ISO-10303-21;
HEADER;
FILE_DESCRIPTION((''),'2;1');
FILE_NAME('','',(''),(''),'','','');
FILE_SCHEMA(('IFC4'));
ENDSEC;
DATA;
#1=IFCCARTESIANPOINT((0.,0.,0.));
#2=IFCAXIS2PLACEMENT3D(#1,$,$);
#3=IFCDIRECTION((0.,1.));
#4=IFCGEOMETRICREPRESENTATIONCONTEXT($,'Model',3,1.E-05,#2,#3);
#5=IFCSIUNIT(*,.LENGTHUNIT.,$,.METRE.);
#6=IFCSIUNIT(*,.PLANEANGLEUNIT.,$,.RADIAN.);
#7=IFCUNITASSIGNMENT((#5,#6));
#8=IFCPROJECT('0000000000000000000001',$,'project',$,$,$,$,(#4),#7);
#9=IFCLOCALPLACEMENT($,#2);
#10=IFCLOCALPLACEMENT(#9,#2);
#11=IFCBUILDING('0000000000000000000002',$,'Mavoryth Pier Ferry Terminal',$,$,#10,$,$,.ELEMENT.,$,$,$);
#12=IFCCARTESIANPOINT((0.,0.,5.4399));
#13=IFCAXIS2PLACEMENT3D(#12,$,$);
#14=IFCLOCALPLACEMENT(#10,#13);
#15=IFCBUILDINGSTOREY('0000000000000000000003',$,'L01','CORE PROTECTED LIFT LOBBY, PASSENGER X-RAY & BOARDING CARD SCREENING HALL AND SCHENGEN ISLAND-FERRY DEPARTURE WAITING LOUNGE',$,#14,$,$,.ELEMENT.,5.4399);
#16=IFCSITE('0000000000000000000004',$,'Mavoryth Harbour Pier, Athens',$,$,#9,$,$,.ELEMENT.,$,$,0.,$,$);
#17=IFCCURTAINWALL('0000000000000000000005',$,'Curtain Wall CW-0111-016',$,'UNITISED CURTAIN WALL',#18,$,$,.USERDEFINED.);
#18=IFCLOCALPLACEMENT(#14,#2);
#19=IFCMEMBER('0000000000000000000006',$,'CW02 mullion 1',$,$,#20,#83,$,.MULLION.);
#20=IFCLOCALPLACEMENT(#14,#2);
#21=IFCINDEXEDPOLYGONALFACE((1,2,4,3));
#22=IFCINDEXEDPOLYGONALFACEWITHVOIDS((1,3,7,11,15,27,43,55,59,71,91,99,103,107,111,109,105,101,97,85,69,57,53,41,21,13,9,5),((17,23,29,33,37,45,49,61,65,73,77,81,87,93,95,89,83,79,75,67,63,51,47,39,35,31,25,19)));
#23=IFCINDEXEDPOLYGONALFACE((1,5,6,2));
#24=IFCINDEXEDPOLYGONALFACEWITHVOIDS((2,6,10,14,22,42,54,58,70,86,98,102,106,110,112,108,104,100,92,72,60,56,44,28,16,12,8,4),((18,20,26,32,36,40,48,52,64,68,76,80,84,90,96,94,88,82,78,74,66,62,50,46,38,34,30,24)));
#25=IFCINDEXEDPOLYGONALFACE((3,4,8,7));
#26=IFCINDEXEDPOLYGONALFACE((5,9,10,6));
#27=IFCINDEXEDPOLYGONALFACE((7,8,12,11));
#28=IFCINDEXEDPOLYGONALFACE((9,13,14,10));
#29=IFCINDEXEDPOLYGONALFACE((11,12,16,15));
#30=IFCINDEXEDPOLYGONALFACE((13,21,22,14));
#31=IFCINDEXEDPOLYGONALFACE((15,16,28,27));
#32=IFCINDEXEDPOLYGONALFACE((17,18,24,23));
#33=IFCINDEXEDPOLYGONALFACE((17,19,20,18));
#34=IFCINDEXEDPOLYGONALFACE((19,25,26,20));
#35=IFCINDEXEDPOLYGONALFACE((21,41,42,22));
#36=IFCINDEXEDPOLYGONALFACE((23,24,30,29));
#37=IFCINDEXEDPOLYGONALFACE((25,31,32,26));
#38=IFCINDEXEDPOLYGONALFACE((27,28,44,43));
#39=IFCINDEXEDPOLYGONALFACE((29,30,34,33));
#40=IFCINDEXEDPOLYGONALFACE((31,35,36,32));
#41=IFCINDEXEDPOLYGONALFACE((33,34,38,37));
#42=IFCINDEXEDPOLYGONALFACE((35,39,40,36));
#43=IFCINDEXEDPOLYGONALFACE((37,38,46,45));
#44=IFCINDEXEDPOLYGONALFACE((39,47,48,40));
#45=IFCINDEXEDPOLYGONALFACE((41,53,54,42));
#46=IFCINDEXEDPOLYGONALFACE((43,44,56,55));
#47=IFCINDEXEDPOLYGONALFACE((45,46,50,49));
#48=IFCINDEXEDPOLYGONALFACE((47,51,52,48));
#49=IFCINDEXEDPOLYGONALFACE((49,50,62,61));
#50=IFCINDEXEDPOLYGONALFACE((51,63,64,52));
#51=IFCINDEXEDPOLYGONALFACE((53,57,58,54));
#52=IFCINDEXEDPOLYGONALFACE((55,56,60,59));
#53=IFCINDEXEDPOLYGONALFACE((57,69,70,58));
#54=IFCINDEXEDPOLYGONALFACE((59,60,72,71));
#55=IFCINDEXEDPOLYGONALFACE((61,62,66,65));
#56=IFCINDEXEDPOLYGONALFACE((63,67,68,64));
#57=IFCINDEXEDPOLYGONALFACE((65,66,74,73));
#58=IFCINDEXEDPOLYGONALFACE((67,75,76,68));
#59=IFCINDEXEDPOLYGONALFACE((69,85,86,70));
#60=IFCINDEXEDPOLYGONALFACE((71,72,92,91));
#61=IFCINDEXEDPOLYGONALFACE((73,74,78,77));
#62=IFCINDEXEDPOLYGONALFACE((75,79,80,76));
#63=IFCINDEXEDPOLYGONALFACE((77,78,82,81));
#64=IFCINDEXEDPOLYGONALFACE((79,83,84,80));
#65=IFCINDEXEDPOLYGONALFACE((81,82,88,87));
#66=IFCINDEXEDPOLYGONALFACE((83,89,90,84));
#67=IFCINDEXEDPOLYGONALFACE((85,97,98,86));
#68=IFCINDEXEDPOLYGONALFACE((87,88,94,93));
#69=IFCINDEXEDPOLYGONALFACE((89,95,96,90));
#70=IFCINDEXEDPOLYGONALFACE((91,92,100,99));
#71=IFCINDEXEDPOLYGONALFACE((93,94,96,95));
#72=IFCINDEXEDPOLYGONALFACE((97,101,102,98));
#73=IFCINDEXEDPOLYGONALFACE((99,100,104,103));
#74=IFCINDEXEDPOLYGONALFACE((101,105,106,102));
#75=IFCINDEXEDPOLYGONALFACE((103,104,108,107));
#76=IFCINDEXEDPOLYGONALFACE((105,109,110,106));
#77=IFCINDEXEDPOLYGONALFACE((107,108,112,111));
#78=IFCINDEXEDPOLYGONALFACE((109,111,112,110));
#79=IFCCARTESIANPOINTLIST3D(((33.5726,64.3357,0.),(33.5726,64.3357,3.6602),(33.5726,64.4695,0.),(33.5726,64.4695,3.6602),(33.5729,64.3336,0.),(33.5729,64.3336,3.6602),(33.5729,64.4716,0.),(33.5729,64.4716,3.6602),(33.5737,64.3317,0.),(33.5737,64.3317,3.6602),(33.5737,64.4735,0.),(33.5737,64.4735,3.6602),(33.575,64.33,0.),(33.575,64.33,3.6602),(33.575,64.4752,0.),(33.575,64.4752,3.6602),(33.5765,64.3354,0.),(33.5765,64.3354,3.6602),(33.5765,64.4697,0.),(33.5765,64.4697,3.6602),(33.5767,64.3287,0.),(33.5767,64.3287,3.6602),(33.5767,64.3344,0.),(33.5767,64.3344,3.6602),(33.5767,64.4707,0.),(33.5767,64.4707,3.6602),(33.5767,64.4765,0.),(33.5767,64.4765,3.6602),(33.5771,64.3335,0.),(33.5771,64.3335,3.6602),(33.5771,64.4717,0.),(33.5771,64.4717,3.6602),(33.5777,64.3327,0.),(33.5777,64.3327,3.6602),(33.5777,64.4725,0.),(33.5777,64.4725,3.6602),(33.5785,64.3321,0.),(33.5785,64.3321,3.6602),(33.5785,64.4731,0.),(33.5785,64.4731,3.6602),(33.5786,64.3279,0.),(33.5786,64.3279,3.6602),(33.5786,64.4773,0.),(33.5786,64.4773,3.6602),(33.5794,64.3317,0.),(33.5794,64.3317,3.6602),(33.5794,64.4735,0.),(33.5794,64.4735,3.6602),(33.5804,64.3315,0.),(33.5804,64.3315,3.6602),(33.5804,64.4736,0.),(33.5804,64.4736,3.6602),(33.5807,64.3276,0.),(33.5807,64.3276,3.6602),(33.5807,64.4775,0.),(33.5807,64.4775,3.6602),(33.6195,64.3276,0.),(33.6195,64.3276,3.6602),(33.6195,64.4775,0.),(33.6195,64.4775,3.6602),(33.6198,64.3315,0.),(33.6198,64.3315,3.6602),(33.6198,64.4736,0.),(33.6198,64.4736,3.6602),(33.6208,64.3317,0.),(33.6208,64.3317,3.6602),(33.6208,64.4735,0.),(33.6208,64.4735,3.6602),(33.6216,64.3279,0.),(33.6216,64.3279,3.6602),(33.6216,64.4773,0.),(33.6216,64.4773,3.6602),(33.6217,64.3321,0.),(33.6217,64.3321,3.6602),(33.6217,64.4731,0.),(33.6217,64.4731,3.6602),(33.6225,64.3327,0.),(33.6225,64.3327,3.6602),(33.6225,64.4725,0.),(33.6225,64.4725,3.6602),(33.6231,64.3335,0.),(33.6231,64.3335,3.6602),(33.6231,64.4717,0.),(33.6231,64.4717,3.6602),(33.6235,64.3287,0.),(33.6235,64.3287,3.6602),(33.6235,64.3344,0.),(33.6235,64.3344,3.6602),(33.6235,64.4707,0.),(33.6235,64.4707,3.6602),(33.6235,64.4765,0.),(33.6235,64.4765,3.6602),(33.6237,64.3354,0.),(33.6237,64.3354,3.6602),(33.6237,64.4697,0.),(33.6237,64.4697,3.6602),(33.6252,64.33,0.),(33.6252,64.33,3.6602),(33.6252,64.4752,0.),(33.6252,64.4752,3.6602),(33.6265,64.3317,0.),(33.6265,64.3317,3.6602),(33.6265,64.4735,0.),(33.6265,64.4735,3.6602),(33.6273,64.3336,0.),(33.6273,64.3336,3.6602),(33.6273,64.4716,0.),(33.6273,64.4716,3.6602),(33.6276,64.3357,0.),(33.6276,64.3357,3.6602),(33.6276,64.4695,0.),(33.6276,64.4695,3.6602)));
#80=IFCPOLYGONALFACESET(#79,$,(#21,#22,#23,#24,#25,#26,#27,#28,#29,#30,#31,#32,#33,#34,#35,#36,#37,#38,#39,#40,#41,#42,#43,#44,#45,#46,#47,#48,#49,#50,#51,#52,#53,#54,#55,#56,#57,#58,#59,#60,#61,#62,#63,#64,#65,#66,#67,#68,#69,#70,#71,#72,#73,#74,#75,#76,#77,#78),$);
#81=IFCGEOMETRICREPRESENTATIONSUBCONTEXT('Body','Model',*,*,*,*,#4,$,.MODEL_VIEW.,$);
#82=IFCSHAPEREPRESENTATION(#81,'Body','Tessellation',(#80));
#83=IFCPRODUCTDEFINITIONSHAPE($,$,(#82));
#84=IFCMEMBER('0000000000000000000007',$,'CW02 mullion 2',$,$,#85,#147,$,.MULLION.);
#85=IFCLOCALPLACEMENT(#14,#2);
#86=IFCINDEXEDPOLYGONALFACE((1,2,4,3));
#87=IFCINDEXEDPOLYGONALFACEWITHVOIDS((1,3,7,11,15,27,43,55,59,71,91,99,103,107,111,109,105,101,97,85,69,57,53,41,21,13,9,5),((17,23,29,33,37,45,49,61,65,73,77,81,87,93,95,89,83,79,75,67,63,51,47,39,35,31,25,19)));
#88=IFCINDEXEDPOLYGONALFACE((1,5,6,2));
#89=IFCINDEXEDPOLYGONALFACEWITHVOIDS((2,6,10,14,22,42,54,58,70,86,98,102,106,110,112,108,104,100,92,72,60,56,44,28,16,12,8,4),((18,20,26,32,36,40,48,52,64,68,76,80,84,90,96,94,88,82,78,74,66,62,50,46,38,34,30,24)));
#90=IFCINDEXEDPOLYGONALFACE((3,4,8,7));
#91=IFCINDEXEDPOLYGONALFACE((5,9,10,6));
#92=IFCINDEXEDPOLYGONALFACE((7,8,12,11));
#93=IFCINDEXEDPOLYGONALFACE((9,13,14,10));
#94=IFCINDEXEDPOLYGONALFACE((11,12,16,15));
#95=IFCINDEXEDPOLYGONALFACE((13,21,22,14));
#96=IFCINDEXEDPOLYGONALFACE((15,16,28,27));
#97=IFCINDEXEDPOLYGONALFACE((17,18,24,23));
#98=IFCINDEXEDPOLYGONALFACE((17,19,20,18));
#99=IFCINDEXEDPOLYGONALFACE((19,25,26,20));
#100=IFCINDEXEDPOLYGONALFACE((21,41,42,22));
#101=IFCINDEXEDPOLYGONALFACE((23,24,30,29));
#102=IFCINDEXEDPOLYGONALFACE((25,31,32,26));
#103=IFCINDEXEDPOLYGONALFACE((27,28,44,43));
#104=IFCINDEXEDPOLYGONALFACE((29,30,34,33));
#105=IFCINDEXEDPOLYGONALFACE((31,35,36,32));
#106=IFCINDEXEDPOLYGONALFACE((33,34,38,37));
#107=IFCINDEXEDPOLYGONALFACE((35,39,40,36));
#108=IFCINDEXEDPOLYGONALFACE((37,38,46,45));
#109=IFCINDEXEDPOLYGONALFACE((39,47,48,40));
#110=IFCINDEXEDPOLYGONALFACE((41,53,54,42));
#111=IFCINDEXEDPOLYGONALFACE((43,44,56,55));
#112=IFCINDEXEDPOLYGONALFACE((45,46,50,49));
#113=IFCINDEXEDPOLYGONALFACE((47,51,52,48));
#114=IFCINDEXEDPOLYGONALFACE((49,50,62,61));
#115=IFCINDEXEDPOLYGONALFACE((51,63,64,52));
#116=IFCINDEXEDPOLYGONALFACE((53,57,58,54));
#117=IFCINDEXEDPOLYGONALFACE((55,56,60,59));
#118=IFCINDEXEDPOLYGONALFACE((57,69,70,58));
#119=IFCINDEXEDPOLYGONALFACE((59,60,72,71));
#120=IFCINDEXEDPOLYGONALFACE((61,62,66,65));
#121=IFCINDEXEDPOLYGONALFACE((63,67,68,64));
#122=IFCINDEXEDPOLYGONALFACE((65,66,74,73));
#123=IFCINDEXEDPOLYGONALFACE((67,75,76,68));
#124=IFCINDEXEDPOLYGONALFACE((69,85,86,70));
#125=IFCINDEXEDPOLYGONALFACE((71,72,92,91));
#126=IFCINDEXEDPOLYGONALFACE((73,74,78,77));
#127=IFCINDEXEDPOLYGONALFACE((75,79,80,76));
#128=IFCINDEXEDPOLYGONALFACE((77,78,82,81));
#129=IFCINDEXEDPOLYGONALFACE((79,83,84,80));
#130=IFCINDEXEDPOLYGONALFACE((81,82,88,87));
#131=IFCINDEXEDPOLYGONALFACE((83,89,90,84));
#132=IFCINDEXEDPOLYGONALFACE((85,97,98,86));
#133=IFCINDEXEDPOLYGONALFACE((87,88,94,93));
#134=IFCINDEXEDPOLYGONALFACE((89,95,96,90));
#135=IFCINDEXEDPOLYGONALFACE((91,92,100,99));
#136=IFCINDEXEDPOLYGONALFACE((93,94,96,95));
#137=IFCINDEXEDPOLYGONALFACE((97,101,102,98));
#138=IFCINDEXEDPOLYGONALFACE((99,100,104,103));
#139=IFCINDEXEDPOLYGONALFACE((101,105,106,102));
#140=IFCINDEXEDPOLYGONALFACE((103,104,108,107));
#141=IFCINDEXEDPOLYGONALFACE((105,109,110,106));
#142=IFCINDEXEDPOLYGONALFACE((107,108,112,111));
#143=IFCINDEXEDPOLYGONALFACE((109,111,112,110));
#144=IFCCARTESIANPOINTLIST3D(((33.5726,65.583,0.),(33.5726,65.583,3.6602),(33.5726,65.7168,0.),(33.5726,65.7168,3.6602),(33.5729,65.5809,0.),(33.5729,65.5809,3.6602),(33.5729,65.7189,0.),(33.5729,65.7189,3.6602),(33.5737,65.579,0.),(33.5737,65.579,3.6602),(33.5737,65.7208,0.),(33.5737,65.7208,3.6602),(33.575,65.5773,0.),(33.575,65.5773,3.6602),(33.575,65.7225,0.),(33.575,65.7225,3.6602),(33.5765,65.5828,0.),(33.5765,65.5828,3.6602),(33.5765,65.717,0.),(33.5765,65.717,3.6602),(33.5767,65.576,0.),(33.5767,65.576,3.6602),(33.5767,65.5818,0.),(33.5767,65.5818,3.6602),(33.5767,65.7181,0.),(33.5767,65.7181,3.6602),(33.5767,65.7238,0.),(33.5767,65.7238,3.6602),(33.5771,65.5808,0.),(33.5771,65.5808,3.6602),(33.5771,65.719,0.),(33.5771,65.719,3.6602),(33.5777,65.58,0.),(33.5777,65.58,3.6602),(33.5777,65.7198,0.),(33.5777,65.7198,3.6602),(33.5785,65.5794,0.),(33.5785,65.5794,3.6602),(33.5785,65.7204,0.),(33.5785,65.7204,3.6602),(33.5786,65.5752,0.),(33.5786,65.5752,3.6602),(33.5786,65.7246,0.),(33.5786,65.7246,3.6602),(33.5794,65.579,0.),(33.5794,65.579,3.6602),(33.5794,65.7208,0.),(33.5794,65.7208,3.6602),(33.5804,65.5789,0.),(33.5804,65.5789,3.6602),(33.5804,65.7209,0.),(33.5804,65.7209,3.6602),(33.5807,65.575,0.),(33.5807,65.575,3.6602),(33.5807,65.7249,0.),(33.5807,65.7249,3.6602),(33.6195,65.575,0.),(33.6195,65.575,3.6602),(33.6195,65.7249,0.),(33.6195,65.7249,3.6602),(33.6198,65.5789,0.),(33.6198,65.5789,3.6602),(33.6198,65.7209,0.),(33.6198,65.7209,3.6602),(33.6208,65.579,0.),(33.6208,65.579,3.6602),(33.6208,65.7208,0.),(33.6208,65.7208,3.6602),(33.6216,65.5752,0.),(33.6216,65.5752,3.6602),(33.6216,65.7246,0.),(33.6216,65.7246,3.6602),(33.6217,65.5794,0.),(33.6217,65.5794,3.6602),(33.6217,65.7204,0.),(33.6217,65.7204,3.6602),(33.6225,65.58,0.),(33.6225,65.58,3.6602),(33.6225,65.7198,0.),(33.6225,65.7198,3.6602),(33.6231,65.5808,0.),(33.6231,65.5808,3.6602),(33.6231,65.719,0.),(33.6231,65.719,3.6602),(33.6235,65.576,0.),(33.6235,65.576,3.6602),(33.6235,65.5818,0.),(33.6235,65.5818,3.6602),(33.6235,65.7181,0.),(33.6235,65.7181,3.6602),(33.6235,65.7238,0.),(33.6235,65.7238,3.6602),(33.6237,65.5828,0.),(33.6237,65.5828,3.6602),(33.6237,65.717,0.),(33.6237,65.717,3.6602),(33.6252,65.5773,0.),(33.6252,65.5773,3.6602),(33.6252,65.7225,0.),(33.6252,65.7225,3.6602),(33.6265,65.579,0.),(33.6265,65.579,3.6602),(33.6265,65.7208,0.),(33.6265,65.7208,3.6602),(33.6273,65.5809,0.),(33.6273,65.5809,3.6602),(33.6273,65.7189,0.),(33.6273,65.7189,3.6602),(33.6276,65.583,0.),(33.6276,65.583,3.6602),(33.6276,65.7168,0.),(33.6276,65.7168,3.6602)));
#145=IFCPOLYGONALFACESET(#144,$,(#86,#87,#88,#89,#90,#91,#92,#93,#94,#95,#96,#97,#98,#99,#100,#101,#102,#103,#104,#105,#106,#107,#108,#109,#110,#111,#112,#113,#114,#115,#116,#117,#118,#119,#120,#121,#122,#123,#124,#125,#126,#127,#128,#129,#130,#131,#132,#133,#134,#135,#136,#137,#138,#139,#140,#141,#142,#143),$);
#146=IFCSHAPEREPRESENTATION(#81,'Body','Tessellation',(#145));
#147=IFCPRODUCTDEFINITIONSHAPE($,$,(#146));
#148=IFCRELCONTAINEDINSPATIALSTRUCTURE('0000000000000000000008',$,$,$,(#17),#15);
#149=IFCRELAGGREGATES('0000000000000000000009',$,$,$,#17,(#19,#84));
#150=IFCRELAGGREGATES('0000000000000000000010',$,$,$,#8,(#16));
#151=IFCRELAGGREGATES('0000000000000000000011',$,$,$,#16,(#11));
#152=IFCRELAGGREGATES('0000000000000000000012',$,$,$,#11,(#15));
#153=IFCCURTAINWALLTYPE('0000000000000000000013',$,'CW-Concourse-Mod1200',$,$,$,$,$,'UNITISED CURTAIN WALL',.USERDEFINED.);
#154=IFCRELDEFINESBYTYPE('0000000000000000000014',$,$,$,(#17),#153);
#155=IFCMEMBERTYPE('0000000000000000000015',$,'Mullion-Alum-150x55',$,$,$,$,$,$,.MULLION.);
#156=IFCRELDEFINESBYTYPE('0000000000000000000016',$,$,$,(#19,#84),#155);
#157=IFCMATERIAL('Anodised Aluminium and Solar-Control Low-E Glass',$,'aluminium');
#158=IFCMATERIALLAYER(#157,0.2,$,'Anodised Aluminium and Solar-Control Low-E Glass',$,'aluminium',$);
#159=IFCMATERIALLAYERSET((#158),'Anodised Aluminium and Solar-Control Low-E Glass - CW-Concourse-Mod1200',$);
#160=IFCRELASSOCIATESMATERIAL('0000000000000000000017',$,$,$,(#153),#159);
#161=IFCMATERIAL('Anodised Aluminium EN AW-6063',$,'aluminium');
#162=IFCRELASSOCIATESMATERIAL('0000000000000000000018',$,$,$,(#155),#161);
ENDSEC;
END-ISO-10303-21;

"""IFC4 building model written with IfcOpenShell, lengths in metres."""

from ifc_helpers import new_model, si_unit, direction, frame, origin, origin_2d, place, context, subcontext, project, spatial, hollow_rectangle, extrude, material, layer, layer_set, material_profile, profile_set, type_object, element, aggregate, save


model = new_model("IFC4")

# Units and contexts
model_context = context("Model", 3, precision=1e-05, world=origin(), true_north=direction((0.0, 1.0)))
body_context = subcontext(model_context, "Body", "Model", "MODEL_VIEW")
ifc_project = project(units=[si_unit("LENGTHUNIT", "METRE"), si_unit("PLANEANGLEUNIT", "RADIAN")], contexts=[model_context])

# Site, building, storey
site_placement = place(None, origin())
site = spatial("IfcSite", under=ifc_project, at=site_placement, Name="Mavoryth Harbour Pier, Athens", CompositionType="ELEMENT", RefElevation=0.0)
building_placement = place(site_placement, origin())
building = spatial("IfcBuilding", under=site, at=building_placement, Name="Mavoryth Pier Ferry Terminal", CompositionType="ELEMENT")
storey_placement = place(building_placement, frame((0.0, 0.0, 5.4399)))
storey = spatial("IfcBuildingStorey", under=building, at=storey_placement, Name="L01", Description="CORE PROTECTED LIFT LOBBY, PASSENGER X-RAY & BOARDING CARD SCREENING HALL AND SCHENGEN ISLAND-FERRY DEPARTURE WAITING LOUNGE", CompositionType="ELEMENT", Elevation=5.4399)

# Curtain wall, members
ifc_material_1 = material(Name="Anodised Aluminium and Solar-Control Low-E Glass", Category="aluminium")
ifc_layer_1 = layer(ifc_material_1, 0.2, Name="Anodised Aluminium and Solar-Control Low-E Glass", Category="aluminium")
ifc_layer_set_1 = layer_set([ifc_layer_1], Name="Anodised Aluminium and Solar-Control Low-E Glass - CW-Concourse-Mod1200")
curtain_wall_type = type_object("IfcCurtainWallType", Name="CW-Concourse-Mod1200", ElementType="UNITISED CURTAIN WALL", PredefinedType="USERDEFINED", material=ifc_layer_set_1)
ifc_material_2 = material(Name="Anodised Aluminium EN AW-6063", Category="aluminium")
ifc_material_profile_1 = material_profile(ifc_material_2, hollow_rectangle(XDim=0.0549, YDim=0.1499, WallThickness=0.0039, InnerFilletRadius=0.0039, OuterFilletRadius=0.0081, at=origin_2d()), Name="AL-MULL 150x55x4", Category="aluminium")
ifc_profile_set_1 = profile_set([ifc_material_profile_1], Name="Anodised Aluminium EN AW-6063 - AL-MULL 150x55x4")
member_type_1 = type_object("IfcMemberType", Name="Mullion-Alum-150x55", PredefinedType="MULLION", material=ifc_profile_set_1)
curtain_wall_1_placement = place(storey_placement, origin())
curtain_wall_1 = element("IfcCurtainWall", 1, at=curtain_wall_1_placement, inside=storey, type_object=curtain_wall_type, Name="Curtain Wall CW-0111-016", ObjectType="UNITISED CURTAIN WALL", PredefinedType="USERDEFINED")
member_1_placement = place(storey_placement, frame((33.6001, 64.4026, 0.0), z_axis=(0.0, 0.0, 1.0), x_axis=(-1.0, 0.0, 0.0)))
member_1 = element("IfcMember", 2, at=member_1_placement, type_object=member_type_1, Name="CW02 mullion 1", PredefinedType="MULLION", context=body_context, shape_type="SweptSolid", body=[
    extrude(hollow_rectangle(XDim=0.0549, YDim=0.1499, WallThickness=0.0039, InnerFilletRadius=0.0039, OuterFilletRadius=0.0081, at=origin_2d()), origin(), (0.0, 0.0, 1.0), 3.6602),
])
member_2_placement = place(storey_placement, frame((33.6001, 65.6499, 0.0), z_axis=(0.0, 0.0, 1.0), x_axis=(-1.0, 0.0, 0.0)))
member_2 = element("IfcMember", 3, at=member_2_placement, type_object=member_type_1, Name="CW02 mullion 2", PredefinedType="MULLION", context=body_context, shape_type="SweptSolid", body=[
    extrude(hollow_rectangle(XDim=0.0549, YDim=0.1499, WallThickness=0.0039, InnerFilletRadius=0.0039, OuterFilletRadius=0.0081, at=origin_2d()), origin(), (0.0, 0.0, 1.0), 3.6602),
])

aggregate(curtain_wall_1, [member_1, member_2])

save(model, "model.ifc")
